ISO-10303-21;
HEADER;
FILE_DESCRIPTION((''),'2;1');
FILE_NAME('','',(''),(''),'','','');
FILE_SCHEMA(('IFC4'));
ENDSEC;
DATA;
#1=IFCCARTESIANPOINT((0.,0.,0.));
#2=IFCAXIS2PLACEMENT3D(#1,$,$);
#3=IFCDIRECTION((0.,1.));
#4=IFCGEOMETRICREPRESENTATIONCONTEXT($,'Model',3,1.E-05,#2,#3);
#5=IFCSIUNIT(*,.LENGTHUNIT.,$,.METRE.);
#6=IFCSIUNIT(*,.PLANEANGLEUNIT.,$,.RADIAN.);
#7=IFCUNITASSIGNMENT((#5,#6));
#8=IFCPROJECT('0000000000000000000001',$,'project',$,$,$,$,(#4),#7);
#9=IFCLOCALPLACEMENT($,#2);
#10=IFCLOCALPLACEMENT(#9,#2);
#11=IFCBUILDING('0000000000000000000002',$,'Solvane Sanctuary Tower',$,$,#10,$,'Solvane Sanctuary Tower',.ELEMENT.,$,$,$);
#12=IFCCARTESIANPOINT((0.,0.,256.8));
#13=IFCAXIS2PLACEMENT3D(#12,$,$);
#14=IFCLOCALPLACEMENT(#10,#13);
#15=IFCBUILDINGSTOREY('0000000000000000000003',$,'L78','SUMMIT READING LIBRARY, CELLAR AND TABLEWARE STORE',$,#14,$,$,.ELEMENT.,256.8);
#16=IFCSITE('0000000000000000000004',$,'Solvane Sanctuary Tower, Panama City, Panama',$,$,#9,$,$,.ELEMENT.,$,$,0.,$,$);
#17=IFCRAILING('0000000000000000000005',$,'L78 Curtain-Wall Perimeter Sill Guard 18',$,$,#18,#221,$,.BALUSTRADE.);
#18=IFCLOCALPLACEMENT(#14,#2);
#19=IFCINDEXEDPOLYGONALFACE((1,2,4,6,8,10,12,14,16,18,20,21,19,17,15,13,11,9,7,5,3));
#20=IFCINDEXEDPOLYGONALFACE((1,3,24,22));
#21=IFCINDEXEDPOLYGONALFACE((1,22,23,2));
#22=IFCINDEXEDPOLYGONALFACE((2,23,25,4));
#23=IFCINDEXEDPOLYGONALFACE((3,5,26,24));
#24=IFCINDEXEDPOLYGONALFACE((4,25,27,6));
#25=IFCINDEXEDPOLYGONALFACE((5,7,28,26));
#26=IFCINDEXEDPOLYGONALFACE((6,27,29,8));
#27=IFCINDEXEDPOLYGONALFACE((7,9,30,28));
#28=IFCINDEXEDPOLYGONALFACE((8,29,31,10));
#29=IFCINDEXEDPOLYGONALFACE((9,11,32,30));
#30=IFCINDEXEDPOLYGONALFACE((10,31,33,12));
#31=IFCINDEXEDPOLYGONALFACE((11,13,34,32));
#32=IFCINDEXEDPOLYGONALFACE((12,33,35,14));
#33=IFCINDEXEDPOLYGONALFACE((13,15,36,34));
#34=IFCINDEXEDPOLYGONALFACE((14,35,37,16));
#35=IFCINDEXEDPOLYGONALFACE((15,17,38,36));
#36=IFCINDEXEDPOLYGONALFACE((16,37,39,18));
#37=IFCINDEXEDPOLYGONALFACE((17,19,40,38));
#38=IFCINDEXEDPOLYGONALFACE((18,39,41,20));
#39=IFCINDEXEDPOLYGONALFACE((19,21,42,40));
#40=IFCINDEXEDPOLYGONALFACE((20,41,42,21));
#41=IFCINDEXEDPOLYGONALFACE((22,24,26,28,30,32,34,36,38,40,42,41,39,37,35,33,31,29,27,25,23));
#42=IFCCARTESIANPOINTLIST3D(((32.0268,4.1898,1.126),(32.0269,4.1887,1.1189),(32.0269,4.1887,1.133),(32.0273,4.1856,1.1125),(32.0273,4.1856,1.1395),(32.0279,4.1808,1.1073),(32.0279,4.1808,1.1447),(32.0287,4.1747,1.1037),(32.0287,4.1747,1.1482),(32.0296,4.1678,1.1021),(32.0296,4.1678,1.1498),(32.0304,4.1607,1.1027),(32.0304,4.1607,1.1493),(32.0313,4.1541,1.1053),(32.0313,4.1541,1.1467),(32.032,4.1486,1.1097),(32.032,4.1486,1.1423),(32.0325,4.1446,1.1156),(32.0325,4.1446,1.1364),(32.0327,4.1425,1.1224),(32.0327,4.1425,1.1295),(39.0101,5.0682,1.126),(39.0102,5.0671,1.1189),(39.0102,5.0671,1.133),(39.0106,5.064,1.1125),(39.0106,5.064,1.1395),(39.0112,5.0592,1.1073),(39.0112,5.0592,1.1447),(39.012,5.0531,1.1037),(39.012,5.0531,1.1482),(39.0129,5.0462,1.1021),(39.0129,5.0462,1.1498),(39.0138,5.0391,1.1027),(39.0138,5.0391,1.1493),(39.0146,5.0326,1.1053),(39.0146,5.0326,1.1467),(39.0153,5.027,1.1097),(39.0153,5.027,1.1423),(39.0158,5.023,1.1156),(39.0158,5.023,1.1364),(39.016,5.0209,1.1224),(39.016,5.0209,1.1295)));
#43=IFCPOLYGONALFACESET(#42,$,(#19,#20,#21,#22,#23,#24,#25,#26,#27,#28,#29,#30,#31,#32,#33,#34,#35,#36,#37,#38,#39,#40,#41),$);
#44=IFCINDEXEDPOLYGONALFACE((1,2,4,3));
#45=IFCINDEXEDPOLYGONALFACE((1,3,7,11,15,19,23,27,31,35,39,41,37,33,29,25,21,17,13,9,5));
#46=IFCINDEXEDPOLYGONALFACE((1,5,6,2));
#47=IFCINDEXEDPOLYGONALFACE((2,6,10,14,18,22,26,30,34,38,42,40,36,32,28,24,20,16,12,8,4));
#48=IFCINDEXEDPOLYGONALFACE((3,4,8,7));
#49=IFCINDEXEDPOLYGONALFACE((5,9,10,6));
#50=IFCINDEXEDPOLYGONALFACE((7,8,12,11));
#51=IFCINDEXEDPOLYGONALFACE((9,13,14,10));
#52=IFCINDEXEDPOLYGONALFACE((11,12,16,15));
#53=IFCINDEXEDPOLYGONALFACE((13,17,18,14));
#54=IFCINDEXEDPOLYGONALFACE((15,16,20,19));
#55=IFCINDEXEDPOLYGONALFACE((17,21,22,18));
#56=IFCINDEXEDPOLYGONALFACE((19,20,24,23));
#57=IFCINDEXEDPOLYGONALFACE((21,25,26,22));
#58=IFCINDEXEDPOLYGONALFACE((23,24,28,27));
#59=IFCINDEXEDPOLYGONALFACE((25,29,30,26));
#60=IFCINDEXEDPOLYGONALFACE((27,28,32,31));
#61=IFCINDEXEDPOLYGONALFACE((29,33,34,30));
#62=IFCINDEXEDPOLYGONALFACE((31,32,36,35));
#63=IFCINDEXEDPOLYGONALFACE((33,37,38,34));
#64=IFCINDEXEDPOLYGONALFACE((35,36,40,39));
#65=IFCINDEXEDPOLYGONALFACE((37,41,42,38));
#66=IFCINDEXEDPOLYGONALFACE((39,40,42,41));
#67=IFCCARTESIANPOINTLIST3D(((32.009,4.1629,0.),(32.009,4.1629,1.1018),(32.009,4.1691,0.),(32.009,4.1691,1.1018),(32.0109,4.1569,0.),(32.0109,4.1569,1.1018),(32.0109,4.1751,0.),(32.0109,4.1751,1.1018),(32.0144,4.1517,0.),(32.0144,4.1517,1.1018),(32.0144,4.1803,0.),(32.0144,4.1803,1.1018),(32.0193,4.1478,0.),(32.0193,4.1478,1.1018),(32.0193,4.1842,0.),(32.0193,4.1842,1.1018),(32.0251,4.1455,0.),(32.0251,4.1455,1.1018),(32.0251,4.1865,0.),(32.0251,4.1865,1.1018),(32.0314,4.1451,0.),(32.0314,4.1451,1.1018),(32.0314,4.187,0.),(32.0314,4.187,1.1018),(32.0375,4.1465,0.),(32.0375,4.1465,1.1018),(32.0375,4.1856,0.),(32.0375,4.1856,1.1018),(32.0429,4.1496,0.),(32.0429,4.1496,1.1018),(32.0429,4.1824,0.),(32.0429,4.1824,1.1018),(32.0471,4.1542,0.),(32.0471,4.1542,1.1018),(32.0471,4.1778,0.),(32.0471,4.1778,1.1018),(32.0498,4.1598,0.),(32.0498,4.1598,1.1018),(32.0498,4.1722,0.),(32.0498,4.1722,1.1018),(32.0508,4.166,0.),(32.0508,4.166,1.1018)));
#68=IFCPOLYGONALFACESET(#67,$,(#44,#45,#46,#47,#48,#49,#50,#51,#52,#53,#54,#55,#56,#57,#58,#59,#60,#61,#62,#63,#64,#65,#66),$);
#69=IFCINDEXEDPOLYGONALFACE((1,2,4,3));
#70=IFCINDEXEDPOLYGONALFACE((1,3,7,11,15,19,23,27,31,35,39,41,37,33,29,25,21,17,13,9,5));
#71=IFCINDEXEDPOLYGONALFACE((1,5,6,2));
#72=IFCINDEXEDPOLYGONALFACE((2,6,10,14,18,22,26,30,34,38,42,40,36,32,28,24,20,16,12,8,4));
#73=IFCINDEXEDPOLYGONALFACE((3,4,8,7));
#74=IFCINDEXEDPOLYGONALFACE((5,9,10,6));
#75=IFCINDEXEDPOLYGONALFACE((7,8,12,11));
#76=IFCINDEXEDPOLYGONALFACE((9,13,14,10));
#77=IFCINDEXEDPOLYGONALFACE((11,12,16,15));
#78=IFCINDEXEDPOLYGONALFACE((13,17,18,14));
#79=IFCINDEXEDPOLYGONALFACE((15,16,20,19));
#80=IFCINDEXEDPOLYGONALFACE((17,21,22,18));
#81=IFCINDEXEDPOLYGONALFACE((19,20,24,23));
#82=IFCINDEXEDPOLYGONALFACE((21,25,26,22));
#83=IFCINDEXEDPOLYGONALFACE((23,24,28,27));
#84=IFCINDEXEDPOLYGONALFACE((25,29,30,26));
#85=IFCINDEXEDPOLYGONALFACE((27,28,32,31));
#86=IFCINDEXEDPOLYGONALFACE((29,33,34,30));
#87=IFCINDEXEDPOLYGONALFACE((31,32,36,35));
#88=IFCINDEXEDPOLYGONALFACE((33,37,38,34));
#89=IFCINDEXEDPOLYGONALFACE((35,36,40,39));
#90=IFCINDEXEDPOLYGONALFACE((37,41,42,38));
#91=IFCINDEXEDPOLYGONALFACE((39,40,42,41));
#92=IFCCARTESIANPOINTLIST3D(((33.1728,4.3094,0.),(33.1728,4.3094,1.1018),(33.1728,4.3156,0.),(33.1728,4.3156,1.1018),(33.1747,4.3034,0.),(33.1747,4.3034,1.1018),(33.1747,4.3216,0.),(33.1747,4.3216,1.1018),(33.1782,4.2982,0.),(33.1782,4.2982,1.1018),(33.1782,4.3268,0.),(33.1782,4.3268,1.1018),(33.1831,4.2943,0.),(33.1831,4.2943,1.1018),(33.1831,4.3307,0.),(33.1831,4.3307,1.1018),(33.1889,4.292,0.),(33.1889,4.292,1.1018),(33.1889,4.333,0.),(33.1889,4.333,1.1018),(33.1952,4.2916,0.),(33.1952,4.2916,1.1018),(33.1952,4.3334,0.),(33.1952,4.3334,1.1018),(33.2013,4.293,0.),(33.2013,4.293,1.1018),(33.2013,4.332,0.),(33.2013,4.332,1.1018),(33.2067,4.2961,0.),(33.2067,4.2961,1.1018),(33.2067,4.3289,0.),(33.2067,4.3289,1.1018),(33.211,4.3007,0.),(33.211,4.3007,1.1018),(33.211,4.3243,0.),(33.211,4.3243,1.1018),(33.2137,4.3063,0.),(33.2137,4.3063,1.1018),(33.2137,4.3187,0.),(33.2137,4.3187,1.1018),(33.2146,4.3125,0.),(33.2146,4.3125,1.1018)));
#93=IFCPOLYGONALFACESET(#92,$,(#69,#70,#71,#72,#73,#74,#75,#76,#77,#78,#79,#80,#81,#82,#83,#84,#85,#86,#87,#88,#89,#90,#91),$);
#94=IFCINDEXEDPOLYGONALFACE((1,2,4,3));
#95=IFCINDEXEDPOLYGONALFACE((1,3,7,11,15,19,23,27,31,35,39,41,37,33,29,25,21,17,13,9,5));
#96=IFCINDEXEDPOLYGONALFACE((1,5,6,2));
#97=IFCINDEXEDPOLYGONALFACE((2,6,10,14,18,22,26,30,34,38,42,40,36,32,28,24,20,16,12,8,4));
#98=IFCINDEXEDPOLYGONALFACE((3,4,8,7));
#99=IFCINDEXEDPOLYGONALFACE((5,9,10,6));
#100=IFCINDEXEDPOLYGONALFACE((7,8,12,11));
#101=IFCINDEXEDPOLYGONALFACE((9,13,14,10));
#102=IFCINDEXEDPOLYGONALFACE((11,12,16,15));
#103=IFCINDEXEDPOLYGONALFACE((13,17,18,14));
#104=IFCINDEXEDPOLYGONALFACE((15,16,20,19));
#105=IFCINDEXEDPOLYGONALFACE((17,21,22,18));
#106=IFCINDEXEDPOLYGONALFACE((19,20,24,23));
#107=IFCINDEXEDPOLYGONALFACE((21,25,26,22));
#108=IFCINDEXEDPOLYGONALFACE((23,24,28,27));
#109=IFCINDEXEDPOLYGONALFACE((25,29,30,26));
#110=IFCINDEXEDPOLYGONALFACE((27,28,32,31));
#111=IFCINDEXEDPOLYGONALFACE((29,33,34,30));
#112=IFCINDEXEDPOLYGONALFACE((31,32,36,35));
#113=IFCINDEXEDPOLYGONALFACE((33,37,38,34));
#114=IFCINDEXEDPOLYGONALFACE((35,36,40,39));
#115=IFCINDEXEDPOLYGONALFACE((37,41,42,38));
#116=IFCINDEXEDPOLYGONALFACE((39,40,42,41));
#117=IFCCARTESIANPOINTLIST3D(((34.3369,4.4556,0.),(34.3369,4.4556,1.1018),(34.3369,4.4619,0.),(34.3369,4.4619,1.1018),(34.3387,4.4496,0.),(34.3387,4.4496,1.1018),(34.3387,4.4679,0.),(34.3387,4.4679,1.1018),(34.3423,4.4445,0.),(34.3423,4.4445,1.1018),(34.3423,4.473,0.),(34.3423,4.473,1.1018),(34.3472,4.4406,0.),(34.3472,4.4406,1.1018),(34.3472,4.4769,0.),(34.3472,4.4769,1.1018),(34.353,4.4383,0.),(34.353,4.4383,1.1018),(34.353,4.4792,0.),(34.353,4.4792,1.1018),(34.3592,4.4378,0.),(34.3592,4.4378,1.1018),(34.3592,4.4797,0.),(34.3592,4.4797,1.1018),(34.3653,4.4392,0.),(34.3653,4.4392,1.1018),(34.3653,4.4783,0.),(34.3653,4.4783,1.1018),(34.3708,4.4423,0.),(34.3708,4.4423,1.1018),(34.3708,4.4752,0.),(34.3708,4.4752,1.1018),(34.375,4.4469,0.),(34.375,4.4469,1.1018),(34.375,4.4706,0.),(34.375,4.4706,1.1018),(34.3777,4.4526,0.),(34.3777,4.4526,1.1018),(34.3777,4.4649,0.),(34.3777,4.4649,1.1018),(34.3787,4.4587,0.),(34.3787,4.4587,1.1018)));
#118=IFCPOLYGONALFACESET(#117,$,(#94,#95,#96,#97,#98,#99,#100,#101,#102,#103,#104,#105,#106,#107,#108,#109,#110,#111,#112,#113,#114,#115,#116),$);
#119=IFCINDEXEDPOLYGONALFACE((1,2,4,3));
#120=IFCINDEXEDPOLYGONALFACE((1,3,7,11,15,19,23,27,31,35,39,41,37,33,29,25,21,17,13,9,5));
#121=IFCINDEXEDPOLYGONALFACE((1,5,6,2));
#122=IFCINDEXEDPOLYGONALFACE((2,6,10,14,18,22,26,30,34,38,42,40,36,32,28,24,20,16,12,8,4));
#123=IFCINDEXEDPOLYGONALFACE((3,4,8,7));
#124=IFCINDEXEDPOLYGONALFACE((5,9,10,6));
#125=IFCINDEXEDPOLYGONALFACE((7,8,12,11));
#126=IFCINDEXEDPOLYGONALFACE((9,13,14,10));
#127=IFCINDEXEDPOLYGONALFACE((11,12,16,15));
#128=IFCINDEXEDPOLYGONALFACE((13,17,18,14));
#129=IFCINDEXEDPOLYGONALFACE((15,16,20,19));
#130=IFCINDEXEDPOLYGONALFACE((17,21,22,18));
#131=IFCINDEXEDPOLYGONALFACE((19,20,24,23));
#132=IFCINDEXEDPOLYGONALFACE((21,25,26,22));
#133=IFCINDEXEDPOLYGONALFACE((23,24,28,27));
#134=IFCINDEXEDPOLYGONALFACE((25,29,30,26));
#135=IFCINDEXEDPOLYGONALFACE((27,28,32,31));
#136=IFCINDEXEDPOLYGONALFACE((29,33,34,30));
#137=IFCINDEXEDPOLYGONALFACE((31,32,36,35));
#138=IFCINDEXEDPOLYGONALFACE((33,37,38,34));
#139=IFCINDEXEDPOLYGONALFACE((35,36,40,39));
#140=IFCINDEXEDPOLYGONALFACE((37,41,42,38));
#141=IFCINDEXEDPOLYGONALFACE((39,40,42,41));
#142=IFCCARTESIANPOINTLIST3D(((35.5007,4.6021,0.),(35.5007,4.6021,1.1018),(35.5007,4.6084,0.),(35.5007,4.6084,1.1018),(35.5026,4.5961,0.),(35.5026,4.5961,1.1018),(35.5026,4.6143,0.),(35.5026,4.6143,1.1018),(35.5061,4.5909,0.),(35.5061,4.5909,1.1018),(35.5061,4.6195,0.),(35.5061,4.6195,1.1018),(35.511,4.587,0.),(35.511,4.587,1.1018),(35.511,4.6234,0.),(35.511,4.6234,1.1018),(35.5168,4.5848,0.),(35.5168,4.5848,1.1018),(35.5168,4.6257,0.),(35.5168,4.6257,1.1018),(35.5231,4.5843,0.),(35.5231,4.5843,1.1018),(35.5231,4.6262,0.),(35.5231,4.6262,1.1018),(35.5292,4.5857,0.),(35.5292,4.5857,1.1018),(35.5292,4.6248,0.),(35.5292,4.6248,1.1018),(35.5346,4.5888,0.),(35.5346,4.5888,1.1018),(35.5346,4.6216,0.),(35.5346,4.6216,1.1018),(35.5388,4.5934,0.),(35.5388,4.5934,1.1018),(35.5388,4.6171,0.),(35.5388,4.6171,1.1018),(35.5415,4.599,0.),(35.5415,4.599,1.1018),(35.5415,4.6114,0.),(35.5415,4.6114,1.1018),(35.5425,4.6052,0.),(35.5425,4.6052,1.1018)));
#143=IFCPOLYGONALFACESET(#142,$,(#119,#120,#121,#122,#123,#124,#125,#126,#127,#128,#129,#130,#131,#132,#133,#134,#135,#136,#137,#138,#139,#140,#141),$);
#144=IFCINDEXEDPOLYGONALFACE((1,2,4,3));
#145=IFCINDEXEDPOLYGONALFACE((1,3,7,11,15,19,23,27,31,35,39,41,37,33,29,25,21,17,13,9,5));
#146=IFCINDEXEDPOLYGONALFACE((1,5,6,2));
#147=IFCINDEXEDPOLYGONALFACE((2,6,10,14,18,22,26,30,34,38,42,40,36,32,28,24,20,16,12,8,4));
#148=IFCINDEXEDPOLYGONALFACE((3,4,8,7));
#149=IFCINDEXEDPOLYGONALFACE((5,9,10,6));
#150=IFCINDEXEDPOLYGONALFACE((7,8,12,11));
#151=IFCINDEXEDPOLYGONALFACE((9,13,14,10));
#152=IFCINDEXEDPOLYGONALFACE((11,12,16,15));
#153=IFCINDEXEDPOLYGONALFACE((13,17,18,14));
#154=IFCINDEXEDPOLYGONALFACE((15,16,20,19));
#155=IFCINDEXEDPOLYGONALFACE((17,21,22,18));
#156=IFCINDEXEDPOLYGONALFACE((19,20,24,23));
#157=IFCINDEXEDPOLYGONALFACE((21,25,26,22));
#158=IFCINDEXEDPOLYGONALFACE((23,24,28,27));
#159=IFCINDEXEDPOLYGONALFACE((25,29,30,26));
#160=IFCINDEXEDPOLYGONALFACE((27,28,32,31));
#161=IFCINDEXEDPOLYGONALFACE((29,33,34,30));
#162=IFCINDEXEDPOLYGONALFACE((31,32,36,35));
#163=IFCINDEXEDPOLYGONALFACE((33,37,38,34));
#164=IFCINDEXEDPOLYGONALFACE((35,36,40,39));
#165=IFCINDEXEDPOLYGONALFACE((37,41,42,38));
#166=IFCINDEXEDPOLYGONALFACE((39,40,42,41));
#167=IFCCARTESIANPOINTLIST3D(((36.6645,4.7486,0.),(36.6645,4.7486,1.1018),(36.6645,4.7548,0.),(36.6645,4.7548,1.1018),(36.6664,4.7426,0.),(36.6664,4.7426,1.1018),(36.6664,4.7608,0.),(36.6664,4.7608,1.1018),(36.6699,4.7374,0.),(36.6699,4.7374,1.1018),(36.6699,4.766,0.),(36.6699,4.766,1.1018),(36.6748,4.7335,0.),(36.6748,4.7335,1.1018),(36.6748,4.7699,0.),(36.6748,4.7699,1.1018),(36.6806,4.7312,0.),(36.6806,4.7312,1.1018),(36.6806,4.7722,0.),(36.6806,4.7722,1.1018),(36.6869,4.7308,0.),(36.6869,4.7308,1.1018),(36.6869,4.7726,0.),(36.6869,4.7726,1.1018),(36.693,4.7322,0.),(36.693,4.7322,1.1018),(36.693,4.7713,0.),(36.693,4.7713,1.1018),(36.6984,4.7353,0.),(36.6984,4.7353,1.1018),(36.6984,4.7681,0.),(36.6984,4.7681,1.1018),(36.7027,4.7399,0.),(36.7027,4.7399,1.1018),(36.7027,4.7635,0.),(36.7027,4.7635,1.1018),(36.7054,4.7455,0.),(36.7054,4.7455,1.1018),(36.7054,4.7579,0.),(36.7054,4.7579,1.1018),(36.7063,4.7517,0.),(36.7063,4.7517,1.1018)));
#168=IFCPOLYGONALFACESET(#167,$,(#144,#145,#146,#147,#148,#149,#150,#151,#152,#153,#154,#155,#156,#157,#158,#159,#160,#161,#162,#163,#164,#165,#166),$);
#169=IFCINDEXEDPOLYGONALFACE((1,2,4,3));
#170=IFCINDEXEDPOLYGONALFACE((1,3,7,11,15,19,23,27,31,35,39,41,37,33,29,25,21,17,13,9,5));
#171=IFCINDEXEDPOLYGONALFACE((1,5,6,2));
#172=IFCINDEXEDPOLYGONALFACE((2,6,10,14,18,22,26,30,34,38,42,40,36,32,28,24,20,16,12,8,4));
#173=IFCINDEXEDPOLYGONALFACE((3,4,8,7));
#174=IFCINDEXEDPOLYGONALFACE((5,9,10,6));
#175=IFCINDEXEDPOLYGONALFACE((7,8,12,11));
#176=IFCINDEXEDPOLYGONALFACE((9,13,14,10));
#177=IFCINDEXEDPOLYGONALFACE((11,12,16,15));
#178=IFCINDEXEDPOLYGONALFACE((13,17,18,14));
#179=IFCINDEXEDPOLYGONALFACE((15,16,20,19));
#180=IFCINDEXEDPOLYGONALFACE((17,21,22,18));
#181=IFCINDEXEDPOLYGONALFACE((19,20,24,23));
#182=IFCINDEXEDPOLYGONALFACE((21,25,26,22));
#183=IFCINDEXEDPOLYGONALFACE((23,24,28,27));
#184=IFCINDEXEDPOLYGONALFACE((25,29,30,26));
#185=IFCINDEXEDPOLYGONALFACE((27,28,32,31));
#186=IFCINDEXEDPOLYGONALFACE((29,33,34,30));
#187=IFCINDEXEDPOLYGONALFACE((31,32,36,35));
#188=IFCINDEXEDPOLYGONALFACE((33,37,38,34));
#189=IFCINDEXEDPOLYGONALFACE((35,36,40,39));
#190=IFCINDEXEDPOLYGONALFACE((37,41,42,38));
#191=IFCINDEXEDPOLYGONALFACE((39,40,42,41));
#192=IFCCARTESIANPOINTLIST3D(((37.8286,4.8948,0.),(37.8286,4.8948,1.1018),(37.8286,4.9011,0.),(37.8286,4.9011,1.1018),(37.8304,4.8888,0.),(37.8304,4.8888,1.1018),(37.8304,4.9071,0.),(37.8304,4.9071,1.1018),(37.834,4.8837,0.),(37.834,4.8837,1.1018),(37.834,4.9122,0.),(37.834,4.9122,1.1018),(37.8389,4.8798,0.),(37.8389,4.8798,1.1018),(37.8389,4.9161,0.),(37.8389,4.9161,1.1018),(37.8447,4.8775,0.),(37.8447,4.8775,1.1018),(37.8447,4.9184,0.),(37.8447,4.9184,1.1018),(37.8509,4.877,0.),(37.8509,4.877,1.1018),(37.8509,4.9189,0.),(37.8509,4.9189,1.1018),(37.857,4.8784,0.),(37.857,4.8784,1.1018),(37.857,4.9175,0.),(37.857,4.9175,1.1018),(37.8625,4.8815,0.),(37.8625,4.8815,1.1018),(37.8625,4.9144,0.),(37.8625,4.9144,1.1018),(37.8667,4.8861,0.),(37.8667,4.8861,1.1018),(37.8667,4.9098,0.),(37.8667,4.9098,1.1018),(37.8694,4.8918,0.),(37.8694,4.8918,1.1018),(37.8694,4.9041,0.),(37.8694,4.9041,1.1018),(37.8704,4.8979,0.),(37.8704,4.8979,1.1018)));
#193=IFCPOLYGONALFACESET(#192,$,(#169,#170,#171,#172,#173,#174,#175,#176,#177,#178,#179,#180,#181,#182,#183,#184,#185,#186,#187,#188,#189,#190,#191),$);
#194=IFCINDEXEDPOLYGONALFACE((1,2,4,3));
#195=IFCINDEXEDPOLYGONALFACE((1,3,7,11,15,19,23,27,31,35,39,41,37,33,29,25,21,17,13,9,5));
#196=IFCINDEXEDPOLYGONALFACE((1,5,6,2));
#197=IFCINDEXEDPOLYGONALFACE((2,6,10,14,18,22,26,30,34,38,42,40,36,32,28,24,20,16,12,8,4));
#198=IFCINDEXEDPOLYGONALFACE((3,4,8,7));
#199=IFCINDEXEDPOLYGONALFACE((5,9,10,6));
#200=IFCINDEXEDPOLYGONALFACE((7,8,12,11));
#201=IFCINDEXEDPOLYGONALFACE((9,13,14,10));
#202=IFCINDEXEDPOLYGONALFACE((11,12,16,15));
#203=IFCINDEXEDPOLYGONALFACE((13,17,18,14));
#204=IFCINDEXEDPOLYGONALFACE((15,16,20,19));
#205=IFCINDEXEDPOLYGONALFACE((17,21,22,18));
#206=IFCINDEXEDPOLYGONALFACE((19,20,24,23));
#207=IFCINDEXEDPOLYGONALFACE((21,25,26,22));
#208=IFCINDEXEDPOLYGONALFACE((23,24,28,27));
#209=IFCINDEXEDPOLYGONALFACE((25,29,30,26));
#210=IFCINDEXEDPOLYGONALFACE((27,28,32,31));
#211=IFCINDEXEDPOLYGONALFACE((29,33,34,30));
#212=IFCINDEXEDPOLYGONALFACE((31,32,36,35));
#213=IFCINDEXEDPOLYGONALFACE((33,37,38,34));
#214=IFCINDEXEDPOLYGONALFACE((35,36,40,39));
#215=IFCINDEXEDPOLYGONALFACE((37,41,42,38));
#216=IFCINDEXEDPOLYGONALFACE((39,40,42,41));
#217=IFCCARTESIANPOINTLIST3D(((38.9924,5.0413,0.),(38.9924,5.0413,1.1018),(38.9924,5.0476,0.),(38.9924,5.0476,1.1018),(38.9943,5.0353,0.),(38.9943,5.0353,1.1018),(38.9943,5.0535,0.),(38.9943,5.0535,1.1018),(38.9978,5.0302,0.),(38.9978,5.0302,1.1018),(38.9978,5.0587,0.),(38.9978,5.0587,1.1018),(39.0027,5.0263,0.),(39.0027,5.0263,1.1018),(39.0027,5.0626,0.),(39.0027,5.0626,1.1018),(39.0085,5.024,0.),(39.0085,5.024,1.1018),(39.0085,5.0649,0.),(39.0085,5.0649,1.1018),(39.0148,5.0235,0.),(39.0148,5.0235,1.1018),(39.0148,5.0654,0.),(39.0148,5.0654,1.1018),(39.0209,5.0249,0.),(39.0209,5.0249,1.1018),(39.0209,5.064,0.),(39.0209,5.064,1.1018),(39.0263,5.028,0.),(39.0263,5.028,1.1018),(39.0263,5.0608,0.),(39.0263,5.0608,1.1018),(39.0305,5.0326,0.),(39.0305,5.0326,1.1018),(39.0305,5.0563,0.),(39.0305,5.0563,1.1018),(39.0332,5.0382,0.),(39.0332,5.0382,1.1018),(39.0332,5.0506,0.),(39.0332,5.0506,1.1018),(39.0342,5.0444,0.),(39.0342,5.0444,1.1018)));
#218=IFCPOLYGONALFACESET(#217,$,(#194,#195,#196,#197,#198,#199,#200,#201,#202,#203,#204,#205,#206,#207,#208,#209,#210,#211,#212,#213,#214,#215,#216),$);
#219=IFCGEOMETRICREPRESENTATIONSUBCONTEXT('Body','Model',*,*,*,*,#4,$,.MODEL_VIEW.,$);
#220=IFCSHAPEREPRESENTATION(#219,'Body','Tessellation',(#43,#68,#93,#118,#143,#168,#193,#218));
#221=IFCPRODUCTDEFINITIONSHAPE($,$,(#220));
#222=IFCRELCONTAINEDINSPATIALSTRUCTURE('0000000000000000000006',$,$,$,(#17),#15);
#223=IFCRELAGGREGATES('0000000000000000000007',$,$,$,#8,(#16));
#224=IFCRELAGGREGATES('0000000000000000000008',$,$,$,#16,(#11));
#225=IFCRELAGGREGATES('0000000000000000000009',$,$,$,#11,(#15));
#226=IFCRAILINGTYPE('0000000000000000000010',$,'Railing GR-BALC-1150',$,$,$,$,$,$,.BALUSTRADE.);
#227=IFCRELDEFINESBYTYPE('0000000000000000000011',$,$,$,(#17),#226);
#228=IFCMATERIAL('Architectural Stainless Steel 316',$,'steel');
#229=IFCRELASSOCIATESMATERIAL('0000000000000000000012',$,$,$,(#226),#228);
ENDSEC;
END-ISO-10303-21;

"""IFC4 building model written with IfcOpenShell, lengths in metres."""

from ifc_helpers import new_model, si_unit, direction, frame, origin, origin_2d, place, context, subcontext, project, spatial, circle, extrude, material, type_object, element, save


model = new_model("IFC4")

# Units and contexts
model_context = context("Model", 3, precision=1e-05, world=origin(), true_north=direction((0.0, 1.0)))
body_context = subcontext(model_context, "Body", "Model", "MODEL_VIEW")
ifc_project = project(units=[si_unit("LENGTHUNIT", "METRE"), si_unit("PLANEANGLEUNIT", "RADIAN")], contexts=[model_context])

# Site, building, storey
site_placement = place(None, origin())
site = spatial("IfcSite", under=ifc_project, at=site_placement, Name="Solvane Sanctuary Tower, Panama City, Panama", CompositionType="ELEMENT", RefElevation=0.0)
building_placement = place(site_placement, origin())
building = spatial("IfcBuilding", under=site, at=building_placement, Name="Solvane Sanctuary Tower", LongName="Solvane Sanctuary Tower", CompositionType="ELEMENT")
storey_placement = place(building_placement, frame((0.0, 0.0, 256.8)))
storey = spatial("IfcBuildingStorey", under=building, at=storey_placement, Name="L78", Description="SUMMIT READING LIBRARY, CELLAR AND TABLEWARE STORE", CompositionType="ELEMENT", Elevation=256.8)

# Shared definitions
ifc_material_1 = material(Name="Architectural Stainless Steel 316", Category="steel")

# Railing
railing_type = type_object("IfcRailingType", Name="Railing GR-BALC-1150", PredefinedType="BALUSTRADE", material=ifc_material_1)
railing_1_placement = place(storey_placement, frame((32.0298, 4.166, 0.0)))
element("IfcRailing", 1, at=railing_1_placement, inside=storey, type_object=railing_type, Name="L78 Curtain-Wall Perimeter Sill Guard 18", PredefinedType="BALUSTRADE", context=body_context, shape_type="SweptSolid", body=[
    extrude(circle(Radius=0.0239, at=origin_2d()), frame((0.0, 0.0, 1.126), z_axis=(0.992182, 0.124803, 0.0), x_axis=(-0.124803, 0.992182, 0.0)), (0.0, 0.0, 1.0), 7.0383),
    extrude(circle(Radius=0.021, at=origin_2d()), origin(), (0.0, 0.0, 1.0), 1.1018),
    extrude(circle(Radius=0.021, at=origin_2d()), frame((1.1638, 0.1465, 0.0)), (0.0, 0.0, 1.0), 1.1018),
    extrude(circle(Radius=0.021, at=origin_2d()), frame((2.3279, 0.2927, 0.0)), (0.0, 0.0, 1.0), 1.1018),
    extrude(circle(Radius=0.021, at=origin_2d()), frame((3.4917, 0.4392, 0.0)), (0.0, 0.0, 1.0), 1.1018),
    extrude(circle(Radius=0.021, at=origin_2d()), frame((4.6555, 0.5857, 0.0)), (0.0, 0.0, 1.0), 1.1018),
    extrude(circle(Radius=0.021, at=origin_2d()), frame((5.8196, 0.7319, 0.0)), (0.0, 0.0, 1.0), 1.1018),
    extrude(circle(Radius=0.021, at=origin_2d()), frame((6.9834, 0.8784, 0.0)), (0.0, 0.0, 1.0), 1.1018),
])

save(model, "model.ifc")
